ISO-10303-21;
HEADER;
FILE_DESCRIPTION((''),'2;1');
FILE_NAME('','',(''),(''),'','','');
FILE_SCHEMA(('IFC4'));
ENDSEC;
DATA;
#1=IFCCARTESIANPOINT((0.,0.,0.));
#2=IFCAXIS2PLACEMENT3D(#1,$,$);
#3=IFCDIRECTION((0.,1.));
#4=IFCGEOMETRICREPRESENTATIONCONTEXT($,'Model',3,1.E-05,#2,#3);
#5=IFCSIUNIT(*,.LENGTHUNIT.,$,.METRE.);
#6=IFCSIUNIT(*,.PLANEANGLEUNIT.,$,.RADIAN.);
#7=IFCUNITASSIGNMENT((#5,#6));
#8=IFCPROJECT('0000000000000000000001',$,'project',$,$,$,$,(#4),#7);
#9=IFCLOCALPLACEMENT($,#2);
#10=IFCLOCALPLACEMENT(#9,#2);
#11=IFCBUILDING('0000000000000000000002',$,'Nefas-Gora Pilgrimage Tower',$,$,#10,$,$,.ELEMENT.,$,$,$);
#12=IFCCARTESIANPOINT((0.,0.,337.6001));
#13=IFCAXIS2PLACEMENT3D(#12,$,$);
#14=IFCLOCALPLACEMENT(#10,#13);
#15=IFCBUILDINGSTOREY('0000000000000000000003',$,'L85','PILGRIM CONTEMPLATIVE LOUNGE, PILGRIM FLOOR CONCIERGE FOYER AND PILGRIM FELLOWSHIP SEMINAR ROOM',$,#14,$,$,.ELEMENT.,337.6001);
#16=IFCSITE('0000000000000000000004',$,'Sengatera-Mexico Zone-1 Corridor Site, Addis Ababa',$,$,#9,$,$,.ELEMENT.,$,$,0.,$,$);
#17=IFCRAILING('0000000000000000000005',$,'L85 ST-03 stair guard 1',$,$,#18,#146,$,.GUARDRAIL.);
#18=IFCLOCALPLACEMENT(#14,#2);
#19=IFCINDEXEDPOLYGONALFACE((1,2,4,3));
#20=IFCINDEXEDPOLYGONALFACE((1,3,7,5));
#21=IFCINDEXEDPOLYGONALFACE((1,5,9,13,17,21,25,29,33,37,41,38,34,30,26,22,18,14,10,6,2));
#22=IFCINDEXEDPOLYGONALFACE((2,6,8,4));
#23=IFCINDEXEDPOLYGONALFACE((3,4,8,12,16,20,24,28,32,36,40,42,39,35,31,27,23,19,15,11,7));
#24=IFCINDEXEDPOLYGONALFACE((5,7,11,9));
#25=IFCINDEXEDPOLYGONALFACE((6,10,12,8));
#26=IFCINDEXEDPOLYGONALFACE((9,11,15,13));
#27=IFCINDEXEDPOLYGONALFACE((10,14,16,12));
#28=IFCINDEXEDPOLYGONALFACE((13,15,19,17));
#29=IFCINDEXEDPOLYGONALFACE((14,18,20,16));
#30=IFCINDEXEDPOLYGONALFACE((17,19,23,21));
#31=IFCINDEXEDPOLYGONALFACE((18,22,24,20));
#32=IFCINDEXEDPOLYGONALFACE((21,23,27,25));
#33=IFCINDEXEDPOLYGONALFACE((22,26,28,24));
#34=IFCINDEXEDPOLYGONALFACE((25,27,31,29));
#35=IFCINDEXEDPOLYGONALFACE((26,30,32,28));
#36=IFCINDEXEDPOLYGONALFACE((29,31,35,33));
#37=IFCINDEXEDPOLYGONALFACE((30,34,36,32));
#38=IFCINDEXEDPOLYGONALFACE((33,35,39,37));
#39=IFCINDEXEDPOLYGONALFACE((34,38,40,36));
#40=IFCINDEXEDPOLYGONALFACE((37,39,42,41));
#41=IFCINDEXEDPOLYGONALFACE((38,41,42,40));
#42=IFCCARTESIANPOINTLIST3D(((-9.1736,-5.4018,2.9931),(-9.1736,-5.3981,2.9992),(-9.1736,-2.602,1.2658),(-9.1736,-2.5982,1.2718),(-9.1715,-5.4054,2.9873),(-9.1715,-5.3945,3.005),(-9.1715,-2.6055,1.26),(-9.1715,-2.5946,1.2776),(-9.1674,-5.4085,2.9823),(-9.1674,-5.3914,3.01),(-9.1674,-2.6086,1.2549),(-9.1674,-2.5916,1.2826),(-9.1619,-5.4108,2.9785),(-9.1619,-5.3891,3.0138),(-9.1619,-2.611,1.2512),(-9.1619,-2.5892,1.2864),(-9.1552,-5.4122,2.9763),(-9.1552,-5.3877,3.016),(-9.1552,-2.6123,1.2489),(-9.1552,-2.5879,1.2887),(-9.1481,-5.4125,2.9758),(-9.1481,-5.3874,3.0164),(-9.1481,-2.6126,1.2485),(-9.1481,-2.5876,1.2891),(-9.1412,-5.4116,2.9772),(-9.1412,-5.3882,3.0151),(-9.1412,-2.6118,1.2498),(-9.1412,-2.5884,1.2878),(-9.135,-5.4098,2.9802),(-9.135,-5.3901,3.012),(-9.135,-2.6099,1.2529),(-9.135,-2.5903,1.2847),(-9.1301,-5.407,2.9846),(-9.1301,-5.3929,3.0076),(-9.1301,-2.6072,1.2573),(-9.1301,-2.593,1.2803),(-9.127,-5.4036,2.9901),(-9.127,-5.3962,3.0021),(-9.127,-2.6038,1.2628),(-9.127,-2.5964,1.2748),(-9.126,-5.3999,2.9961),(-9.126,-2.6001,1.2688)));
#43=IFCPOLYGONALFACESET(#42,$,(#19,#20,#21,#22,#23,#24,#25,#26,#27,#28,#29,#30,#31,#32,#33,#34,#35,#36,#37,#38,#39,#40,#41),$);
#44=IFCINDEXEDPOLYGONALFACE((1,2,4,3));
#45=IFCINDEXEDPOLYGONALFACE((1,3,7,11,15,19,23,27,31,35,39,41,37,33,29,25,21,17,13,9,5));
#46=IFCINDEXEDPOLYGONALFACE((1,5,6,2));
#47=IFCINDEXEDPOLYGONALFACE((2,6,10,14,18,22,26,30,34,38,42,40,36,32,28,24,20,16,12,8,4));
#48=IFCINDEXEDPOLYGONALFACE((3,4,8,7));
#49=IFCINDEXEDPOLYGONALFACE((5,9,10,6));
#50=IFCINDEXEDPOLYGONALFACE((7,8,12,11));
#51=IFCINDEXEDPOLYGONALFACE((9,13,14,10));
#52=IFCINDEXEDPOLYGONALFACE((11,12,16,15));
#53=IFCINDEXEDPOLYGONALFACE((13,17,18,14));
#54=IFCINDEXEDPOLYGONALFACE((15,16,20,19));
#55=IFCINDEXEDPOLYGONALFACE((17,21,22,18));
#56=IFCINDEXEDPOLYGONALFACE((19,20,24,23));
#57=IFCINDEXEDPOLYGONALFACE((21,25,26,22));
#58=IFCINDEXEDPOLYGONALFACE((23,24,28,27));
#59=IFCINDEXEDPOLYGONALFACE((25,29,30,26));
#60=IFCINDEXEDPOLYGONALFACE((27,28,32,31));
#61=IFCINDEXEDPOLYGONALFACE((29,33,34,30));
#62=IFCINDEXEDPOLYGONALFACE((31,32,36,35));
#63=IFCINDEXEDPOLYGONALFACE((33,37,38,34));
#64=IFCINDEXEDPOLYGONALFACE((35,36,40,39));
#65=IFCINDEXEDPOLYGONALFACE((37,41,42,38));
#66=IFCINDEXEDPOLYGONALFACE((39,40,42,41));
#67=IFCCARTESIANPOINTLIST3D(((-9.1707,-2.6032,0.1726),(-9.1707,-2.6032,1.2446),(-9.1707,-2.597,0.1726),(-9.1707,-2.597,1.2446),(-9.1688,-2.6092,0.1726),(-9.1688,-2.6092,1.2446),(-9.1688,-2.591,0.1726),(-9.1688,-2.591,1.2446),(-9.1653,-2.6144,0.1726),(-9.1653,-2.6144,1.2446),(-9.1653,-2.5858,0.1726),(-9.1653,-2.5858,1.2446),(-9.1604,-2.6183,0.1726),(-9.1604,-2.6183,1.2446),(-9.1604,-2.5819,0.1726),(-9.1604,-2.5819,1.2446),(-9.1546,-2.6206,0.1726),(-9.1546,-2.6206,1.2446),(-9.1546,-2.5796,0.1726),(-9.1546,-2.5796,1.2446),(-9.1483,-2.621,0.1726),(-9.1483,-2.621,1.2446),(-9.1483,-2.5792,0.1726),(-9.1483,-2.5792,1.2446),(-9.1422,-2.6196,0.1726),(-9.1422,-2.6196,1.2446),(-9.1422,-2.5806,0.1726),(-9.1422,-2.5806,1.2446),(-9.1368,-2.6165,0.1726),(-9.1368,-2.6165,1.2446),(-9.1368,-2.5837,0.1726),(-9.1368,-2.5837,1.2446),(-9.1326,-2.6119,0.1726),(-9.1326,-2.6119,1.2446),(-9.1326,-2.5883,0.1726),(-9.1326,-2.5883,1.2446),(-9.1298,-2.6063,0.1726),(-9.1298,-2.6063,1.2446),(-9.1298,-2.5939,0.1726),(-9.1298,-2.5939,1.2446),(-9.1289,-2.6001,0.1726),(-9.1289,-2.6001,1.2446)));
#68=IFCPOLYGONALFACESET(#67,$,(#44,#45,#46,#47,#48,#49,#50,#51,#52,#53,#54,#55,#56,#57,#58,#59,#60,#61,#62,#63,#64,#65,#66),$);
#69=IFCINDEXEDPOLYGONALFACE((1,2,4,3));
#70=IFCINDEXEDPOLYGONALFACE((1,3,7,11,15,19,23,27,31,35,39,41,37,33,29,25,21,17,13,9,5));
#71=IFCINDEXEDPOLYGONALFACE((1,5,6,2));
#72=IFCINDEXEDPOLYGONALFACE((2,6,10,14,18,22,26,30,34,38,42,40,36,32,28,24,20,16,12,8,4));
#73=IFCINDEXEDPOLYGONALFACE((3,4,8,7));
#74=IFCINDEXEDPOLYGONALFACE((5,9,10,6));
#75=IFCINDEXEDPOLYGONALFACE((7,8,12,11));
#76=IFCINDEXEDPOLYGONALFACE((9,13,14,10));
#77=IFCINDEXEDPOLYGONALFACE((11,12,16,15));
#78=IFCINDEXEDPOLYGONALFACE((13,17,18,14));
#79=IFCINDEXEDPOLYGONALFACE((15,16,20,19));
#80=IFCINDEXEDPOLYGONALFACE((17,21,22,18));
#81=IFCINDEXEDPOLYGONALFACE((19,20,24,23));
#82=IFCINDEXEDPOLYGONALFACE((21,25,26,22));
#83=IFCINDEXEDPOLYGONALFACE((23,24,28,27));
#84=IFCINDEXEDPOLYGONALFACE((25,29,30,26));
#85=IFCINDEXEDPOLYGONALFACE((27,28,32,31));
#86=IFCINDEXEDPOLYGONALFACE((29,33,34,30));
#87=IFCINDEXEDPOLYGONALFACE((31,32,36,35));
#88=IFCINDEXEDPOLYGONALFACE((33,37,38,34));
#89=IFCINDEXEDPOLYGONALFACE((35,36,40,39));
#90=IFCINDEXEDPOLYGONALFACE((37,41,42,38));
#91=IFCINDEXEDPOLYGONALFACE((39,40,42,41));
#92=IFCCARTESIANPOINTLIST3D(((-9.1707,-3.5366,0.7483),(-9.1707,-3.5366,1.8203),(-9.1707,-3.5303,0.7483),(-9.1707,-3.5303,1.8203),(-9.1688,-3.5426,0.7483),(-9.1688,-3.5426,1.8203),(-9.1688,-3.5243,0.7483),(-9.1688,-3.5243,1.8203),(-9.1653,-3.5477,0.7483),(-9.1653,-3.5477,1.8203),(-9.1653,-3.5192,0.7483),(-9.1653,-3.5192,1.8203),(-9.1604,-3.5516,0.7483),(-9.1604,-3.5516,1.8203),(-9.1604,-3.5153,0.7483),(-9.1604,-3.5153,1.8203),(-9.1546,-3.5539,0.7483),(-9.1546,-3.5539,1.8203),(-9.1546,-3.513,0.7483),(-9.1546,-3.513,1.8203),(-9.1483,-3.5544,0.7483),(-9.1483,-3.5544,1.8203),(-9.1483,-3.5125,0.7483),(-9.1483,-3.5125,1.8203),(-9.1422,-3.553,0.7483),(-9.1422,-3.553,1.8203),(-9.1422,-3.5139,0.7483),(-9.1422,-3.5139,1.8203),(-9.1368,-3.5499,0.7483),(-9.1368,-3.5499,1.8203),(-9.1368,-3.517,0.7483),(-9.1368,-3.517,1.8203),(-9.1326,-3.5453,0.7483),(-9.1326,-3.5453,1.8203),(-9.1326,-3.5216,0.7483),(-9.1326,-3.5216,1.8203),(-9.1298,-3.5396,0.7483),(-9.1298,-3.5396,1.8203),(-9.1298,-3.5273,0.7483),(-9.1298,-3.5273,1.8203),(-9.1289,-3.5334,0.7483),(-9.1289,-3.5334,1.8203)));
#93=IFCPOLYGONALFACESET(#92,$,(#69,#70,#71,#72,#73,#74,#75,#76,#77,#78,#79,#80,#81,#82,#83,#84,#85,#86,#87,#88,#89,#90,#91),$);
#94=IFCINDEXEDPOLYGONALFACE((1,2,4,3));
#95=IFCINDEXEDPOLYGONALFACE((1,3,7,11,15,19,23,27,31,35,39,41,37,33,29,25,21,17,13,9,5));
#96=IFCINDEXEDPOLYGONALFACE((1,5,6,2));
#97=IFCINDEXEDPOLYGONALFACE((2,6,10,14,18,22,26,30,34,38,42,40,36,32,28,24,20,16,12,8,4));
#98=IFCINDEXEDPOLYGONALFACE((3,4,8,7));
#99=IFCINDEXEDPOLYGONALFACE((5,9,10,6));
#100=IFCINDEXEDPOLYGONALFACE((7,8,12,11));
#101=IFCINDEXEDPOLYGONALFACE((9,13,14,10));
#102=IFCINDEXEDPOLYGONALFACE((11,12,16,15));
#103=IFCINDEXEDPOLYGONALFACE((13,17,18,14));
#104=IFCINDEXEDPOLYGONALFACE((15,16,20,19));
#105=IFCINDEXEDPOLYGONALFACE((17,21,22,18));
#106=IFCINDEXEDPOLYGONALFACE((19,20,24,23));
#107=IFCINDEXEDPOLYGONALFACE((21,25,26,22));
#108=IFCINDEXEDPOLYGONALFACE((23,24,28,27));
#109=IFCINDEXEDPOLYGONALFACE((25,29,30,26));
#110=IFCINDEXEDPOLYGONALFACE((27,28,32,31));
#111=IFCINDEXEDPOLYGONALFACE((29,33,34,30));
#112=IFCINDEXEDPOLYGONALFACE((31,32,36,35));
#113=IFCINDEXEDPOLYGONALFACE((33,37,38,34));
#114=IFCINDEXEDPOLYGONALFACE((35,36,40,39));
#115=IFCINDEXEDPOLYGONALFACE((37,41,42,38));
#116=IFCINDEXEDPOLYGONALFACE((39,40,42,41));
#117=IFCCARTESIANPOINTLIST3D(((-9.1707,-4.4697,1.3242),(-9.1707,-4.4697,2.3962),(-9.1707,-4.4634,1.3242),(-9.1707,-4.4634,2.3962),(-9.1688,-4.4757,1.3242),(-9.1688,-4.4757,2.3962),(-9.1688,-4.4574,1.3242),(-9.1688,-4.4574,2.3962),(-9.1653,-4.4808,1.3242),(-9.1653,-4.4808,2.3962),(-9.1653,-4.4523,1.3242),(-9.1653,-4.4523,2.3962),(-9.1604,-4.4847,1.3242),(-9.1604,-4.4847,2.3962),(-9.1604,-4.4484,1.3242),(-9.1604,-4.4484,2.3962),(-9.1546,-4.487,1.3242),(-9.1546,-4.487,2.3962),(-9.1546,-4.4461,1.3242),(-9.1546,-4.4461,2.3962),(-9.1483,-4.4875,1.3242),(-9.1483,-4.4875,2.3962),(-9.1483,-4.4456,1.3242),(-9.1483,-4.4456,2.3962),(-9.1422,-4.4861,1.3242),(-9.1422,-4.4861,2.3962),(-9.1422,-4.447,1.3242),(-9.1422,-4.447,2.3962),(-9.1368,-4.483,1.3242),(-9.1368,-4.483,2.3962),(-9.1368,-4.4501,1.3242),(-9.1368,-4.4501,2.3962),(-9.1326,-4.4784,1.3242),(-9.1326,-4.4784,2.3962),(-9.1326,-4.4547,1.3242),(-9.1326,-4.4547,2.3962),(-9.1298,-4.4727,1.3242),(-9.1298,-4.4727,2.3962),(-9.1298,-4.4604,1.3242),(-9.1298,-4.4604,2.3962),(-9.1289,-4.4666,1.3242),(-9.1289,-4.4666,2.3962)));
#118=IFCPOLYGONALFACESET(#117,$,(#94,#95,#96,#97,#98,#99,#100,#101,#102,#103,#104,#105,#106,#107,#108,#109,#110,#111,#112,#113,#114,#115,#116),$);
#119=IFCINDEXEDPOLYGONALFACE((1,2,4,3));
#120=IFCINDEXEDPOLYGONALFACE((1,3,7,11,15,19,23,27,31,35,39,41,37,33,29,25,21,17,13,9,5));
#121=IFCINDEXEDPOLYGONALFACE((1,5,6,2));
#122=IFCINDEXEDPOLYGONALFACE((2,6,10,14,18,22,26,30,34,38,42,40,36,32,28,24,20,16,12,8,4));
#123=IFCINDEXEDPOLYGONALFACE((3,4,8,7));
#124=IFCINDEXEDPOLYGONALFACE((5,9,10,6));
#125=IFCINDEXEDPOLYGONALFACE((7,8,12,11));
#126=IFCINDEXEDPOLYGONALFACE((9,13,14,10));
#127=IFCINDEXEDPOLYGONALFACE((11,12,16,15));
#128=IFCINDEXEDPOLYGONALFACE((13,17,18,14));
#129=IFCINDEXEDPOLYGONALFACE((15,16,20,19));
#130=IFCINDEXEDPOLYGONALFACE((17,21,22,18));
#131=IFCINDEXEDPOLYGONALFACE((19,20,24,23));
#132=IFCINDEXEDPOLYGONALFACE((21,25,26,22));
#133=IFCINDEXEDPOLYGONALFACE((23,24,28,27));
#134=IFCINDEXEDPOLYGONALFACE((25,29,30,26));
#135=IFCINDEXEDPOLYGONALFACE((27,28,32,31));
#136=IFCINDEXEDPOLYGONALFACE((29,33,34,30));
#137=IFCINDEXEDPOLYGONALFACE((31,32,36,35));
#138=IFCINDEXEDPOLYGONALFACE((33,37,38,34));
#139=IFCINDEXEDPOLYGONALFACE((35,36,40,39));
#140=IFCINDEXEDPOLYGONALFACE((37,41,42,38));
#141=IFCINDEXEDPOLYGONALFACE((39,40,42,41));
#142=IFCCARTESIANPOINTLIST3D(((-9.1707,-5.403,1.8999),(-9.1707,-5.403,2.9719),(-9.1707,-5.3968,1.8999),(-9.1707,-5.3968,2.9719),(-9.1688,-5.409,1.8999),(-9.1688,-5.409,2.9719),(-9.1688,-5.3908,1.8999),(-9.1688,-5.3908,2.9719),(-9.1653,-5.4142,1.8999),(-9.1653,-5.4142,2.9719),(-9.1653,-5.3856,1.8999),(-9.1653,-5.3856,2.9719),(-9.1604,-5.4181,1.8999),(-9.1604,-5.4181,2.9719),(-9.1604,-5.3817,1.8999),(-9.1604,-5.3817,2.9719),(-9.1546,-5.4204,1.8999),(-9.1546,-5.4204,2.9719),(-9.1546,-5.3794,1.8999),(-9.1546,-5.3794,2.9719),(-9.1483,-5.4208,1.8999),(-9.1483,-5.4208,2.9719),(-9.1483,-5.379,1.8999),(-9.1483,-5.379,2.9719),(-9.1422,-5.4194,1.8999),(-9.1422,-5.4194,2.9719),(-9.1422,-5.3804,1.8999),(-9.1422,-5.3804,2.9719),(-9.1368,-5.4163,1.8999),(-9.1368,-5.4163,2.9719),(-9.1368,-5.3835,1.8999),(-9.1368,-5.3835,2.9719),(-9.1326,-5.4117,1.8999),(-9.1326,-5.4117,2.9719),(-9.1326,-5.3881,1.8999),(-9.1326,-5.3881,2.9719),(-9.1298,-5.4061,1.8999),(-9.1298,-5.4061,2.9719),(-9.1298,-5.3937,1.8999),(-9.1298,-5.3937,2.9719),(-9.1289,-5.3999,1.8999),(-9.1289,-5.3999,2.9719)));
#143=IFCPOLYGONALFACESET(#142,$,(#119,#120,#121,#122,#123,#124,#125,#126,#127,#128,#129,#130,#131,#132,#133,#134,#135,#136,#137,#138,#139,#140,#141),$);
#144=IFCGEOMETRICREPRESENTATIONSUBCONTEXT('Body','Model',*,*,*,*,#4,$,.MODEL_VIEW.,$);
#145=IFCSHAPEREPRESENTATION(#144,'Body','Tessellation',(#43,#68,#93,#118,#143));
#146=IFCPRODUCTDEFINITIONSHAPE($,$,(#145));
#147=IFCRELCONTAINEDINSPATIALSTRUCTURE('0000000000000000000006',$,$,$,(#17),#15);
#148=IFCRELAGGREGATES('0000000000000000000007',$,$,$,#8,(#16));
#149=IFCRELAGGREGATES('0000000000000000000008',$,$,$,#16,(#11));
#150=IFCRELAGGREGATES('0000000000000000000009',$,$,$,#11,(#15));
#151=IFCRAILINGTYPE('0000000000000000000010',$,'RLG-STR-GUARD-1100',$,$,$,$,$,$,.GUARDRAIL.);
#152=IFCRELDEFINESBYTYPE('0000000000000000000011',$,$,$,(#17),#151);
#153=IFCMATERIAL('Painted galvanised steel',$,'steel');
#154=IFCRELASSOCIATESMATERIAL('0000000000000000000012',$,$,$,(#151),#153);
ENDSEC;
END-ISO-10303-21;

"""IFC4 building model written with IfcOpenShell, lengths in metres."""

from ifc_helpers import new_model, si_unit, direction, frame, origin, origin_2d, place, context, subcontext, project, spatial, circle, extrude, material, type_object, element, save


model = new_model("IFC4")

# Units and contexts
model_context = context("Model", 3, precision=1e-05, world=origin(), true_north=direction((0.0, 1.0)))
body_context = subcontext(model_context, "Body", "Model", "MODEL_VIEW")
ifc_project = project(units=[si_unit("LENGTHUNIT", "METRE"), si_unit("PLANEANGLEUNIT", "RADIAN")], contexts=[model_context])

# Site, building, storey
site_placement = place(None, origin())
site = spatial("IfcSite", under=ifc_project, at=site_placement, Name="Sengatera-Mexico Zone-1 Corridor Site, Addis Ababa", CompositionType="ELEMENT", RefElevation=0.0)
building_placement = place(site_placement, origin())
building = spatial("IfcBuilding", under=site, at=building_placement, Name="Nefas-Gora Pilgrimage Tower", CompositionType="ELEMENT")
storey_placement = place(building_placement, frame((0.0, 0.0, 337.6001)))
storey = spatial("IfcBuildingStorey", under=building, at=storey_placement, Name="L85", Description="PILGRIM CONTEMPLATIVE LOUNGE, PILGRIM FLOOR CONCIERGE FOYER AND PILGRIM FELLOWSHIP SEMINAR ROOM", CompositionType="ELEMENT", Elevation=337.6001)

# Railing
ifc_material_1 = material(Name="Painted galvanised steel", Category="steel")
railing_type_1 = type_object("IfcRailingType", Name="RLG-STR-GUARD-1100", PredefinedType="GUARDRAIL", material=ifc_material_1)
railing_1_placement = place(storey_placement, frame((-9.1499, -2.6001, 0.1726)))
element("IfcRailing", 1, at=railing_1_placement, inside=storey, type_object=railing_type_1, Name="L85 ST-03 stair guard 1", PredefinedType="GUARDRAIL", context=body_context, shape_type="SweptSolid", body=[
    extrude(circle(Radius=0.0239, at=origin_2d()), frame((0.0, 0.0, 1.0962), z_axis=(0.0, -0.851069, 0.525054), x_axis=(1.0, 0.0, 0.0)), (0.0, 0.0, 1.0), 3.2898),
    extrude(circle(Radius=0.021, at=origin_2d()), origin(), (0.0, 0.0, 1.0), 1.072),
    extrude(circle(Radius=0.021, at=origin_2d()), frame((0.0, -0.9333, 0.5757)), (0.0, 0.0, 1.0), 1.072),
    extrude(circle(Radius=0.021, at=origin_2d()), frame((0.0, -1.8665, 1.1516)), (0.0, 0.0, 1.0), 1.072),
    extrude(circle(Radius=0.021, at=origin_2d()), frame((0.0, -2.7998, 1.7273)), (0.0, 0.0, 1.0), 1.072),
])

save(model, "model.ifc")
